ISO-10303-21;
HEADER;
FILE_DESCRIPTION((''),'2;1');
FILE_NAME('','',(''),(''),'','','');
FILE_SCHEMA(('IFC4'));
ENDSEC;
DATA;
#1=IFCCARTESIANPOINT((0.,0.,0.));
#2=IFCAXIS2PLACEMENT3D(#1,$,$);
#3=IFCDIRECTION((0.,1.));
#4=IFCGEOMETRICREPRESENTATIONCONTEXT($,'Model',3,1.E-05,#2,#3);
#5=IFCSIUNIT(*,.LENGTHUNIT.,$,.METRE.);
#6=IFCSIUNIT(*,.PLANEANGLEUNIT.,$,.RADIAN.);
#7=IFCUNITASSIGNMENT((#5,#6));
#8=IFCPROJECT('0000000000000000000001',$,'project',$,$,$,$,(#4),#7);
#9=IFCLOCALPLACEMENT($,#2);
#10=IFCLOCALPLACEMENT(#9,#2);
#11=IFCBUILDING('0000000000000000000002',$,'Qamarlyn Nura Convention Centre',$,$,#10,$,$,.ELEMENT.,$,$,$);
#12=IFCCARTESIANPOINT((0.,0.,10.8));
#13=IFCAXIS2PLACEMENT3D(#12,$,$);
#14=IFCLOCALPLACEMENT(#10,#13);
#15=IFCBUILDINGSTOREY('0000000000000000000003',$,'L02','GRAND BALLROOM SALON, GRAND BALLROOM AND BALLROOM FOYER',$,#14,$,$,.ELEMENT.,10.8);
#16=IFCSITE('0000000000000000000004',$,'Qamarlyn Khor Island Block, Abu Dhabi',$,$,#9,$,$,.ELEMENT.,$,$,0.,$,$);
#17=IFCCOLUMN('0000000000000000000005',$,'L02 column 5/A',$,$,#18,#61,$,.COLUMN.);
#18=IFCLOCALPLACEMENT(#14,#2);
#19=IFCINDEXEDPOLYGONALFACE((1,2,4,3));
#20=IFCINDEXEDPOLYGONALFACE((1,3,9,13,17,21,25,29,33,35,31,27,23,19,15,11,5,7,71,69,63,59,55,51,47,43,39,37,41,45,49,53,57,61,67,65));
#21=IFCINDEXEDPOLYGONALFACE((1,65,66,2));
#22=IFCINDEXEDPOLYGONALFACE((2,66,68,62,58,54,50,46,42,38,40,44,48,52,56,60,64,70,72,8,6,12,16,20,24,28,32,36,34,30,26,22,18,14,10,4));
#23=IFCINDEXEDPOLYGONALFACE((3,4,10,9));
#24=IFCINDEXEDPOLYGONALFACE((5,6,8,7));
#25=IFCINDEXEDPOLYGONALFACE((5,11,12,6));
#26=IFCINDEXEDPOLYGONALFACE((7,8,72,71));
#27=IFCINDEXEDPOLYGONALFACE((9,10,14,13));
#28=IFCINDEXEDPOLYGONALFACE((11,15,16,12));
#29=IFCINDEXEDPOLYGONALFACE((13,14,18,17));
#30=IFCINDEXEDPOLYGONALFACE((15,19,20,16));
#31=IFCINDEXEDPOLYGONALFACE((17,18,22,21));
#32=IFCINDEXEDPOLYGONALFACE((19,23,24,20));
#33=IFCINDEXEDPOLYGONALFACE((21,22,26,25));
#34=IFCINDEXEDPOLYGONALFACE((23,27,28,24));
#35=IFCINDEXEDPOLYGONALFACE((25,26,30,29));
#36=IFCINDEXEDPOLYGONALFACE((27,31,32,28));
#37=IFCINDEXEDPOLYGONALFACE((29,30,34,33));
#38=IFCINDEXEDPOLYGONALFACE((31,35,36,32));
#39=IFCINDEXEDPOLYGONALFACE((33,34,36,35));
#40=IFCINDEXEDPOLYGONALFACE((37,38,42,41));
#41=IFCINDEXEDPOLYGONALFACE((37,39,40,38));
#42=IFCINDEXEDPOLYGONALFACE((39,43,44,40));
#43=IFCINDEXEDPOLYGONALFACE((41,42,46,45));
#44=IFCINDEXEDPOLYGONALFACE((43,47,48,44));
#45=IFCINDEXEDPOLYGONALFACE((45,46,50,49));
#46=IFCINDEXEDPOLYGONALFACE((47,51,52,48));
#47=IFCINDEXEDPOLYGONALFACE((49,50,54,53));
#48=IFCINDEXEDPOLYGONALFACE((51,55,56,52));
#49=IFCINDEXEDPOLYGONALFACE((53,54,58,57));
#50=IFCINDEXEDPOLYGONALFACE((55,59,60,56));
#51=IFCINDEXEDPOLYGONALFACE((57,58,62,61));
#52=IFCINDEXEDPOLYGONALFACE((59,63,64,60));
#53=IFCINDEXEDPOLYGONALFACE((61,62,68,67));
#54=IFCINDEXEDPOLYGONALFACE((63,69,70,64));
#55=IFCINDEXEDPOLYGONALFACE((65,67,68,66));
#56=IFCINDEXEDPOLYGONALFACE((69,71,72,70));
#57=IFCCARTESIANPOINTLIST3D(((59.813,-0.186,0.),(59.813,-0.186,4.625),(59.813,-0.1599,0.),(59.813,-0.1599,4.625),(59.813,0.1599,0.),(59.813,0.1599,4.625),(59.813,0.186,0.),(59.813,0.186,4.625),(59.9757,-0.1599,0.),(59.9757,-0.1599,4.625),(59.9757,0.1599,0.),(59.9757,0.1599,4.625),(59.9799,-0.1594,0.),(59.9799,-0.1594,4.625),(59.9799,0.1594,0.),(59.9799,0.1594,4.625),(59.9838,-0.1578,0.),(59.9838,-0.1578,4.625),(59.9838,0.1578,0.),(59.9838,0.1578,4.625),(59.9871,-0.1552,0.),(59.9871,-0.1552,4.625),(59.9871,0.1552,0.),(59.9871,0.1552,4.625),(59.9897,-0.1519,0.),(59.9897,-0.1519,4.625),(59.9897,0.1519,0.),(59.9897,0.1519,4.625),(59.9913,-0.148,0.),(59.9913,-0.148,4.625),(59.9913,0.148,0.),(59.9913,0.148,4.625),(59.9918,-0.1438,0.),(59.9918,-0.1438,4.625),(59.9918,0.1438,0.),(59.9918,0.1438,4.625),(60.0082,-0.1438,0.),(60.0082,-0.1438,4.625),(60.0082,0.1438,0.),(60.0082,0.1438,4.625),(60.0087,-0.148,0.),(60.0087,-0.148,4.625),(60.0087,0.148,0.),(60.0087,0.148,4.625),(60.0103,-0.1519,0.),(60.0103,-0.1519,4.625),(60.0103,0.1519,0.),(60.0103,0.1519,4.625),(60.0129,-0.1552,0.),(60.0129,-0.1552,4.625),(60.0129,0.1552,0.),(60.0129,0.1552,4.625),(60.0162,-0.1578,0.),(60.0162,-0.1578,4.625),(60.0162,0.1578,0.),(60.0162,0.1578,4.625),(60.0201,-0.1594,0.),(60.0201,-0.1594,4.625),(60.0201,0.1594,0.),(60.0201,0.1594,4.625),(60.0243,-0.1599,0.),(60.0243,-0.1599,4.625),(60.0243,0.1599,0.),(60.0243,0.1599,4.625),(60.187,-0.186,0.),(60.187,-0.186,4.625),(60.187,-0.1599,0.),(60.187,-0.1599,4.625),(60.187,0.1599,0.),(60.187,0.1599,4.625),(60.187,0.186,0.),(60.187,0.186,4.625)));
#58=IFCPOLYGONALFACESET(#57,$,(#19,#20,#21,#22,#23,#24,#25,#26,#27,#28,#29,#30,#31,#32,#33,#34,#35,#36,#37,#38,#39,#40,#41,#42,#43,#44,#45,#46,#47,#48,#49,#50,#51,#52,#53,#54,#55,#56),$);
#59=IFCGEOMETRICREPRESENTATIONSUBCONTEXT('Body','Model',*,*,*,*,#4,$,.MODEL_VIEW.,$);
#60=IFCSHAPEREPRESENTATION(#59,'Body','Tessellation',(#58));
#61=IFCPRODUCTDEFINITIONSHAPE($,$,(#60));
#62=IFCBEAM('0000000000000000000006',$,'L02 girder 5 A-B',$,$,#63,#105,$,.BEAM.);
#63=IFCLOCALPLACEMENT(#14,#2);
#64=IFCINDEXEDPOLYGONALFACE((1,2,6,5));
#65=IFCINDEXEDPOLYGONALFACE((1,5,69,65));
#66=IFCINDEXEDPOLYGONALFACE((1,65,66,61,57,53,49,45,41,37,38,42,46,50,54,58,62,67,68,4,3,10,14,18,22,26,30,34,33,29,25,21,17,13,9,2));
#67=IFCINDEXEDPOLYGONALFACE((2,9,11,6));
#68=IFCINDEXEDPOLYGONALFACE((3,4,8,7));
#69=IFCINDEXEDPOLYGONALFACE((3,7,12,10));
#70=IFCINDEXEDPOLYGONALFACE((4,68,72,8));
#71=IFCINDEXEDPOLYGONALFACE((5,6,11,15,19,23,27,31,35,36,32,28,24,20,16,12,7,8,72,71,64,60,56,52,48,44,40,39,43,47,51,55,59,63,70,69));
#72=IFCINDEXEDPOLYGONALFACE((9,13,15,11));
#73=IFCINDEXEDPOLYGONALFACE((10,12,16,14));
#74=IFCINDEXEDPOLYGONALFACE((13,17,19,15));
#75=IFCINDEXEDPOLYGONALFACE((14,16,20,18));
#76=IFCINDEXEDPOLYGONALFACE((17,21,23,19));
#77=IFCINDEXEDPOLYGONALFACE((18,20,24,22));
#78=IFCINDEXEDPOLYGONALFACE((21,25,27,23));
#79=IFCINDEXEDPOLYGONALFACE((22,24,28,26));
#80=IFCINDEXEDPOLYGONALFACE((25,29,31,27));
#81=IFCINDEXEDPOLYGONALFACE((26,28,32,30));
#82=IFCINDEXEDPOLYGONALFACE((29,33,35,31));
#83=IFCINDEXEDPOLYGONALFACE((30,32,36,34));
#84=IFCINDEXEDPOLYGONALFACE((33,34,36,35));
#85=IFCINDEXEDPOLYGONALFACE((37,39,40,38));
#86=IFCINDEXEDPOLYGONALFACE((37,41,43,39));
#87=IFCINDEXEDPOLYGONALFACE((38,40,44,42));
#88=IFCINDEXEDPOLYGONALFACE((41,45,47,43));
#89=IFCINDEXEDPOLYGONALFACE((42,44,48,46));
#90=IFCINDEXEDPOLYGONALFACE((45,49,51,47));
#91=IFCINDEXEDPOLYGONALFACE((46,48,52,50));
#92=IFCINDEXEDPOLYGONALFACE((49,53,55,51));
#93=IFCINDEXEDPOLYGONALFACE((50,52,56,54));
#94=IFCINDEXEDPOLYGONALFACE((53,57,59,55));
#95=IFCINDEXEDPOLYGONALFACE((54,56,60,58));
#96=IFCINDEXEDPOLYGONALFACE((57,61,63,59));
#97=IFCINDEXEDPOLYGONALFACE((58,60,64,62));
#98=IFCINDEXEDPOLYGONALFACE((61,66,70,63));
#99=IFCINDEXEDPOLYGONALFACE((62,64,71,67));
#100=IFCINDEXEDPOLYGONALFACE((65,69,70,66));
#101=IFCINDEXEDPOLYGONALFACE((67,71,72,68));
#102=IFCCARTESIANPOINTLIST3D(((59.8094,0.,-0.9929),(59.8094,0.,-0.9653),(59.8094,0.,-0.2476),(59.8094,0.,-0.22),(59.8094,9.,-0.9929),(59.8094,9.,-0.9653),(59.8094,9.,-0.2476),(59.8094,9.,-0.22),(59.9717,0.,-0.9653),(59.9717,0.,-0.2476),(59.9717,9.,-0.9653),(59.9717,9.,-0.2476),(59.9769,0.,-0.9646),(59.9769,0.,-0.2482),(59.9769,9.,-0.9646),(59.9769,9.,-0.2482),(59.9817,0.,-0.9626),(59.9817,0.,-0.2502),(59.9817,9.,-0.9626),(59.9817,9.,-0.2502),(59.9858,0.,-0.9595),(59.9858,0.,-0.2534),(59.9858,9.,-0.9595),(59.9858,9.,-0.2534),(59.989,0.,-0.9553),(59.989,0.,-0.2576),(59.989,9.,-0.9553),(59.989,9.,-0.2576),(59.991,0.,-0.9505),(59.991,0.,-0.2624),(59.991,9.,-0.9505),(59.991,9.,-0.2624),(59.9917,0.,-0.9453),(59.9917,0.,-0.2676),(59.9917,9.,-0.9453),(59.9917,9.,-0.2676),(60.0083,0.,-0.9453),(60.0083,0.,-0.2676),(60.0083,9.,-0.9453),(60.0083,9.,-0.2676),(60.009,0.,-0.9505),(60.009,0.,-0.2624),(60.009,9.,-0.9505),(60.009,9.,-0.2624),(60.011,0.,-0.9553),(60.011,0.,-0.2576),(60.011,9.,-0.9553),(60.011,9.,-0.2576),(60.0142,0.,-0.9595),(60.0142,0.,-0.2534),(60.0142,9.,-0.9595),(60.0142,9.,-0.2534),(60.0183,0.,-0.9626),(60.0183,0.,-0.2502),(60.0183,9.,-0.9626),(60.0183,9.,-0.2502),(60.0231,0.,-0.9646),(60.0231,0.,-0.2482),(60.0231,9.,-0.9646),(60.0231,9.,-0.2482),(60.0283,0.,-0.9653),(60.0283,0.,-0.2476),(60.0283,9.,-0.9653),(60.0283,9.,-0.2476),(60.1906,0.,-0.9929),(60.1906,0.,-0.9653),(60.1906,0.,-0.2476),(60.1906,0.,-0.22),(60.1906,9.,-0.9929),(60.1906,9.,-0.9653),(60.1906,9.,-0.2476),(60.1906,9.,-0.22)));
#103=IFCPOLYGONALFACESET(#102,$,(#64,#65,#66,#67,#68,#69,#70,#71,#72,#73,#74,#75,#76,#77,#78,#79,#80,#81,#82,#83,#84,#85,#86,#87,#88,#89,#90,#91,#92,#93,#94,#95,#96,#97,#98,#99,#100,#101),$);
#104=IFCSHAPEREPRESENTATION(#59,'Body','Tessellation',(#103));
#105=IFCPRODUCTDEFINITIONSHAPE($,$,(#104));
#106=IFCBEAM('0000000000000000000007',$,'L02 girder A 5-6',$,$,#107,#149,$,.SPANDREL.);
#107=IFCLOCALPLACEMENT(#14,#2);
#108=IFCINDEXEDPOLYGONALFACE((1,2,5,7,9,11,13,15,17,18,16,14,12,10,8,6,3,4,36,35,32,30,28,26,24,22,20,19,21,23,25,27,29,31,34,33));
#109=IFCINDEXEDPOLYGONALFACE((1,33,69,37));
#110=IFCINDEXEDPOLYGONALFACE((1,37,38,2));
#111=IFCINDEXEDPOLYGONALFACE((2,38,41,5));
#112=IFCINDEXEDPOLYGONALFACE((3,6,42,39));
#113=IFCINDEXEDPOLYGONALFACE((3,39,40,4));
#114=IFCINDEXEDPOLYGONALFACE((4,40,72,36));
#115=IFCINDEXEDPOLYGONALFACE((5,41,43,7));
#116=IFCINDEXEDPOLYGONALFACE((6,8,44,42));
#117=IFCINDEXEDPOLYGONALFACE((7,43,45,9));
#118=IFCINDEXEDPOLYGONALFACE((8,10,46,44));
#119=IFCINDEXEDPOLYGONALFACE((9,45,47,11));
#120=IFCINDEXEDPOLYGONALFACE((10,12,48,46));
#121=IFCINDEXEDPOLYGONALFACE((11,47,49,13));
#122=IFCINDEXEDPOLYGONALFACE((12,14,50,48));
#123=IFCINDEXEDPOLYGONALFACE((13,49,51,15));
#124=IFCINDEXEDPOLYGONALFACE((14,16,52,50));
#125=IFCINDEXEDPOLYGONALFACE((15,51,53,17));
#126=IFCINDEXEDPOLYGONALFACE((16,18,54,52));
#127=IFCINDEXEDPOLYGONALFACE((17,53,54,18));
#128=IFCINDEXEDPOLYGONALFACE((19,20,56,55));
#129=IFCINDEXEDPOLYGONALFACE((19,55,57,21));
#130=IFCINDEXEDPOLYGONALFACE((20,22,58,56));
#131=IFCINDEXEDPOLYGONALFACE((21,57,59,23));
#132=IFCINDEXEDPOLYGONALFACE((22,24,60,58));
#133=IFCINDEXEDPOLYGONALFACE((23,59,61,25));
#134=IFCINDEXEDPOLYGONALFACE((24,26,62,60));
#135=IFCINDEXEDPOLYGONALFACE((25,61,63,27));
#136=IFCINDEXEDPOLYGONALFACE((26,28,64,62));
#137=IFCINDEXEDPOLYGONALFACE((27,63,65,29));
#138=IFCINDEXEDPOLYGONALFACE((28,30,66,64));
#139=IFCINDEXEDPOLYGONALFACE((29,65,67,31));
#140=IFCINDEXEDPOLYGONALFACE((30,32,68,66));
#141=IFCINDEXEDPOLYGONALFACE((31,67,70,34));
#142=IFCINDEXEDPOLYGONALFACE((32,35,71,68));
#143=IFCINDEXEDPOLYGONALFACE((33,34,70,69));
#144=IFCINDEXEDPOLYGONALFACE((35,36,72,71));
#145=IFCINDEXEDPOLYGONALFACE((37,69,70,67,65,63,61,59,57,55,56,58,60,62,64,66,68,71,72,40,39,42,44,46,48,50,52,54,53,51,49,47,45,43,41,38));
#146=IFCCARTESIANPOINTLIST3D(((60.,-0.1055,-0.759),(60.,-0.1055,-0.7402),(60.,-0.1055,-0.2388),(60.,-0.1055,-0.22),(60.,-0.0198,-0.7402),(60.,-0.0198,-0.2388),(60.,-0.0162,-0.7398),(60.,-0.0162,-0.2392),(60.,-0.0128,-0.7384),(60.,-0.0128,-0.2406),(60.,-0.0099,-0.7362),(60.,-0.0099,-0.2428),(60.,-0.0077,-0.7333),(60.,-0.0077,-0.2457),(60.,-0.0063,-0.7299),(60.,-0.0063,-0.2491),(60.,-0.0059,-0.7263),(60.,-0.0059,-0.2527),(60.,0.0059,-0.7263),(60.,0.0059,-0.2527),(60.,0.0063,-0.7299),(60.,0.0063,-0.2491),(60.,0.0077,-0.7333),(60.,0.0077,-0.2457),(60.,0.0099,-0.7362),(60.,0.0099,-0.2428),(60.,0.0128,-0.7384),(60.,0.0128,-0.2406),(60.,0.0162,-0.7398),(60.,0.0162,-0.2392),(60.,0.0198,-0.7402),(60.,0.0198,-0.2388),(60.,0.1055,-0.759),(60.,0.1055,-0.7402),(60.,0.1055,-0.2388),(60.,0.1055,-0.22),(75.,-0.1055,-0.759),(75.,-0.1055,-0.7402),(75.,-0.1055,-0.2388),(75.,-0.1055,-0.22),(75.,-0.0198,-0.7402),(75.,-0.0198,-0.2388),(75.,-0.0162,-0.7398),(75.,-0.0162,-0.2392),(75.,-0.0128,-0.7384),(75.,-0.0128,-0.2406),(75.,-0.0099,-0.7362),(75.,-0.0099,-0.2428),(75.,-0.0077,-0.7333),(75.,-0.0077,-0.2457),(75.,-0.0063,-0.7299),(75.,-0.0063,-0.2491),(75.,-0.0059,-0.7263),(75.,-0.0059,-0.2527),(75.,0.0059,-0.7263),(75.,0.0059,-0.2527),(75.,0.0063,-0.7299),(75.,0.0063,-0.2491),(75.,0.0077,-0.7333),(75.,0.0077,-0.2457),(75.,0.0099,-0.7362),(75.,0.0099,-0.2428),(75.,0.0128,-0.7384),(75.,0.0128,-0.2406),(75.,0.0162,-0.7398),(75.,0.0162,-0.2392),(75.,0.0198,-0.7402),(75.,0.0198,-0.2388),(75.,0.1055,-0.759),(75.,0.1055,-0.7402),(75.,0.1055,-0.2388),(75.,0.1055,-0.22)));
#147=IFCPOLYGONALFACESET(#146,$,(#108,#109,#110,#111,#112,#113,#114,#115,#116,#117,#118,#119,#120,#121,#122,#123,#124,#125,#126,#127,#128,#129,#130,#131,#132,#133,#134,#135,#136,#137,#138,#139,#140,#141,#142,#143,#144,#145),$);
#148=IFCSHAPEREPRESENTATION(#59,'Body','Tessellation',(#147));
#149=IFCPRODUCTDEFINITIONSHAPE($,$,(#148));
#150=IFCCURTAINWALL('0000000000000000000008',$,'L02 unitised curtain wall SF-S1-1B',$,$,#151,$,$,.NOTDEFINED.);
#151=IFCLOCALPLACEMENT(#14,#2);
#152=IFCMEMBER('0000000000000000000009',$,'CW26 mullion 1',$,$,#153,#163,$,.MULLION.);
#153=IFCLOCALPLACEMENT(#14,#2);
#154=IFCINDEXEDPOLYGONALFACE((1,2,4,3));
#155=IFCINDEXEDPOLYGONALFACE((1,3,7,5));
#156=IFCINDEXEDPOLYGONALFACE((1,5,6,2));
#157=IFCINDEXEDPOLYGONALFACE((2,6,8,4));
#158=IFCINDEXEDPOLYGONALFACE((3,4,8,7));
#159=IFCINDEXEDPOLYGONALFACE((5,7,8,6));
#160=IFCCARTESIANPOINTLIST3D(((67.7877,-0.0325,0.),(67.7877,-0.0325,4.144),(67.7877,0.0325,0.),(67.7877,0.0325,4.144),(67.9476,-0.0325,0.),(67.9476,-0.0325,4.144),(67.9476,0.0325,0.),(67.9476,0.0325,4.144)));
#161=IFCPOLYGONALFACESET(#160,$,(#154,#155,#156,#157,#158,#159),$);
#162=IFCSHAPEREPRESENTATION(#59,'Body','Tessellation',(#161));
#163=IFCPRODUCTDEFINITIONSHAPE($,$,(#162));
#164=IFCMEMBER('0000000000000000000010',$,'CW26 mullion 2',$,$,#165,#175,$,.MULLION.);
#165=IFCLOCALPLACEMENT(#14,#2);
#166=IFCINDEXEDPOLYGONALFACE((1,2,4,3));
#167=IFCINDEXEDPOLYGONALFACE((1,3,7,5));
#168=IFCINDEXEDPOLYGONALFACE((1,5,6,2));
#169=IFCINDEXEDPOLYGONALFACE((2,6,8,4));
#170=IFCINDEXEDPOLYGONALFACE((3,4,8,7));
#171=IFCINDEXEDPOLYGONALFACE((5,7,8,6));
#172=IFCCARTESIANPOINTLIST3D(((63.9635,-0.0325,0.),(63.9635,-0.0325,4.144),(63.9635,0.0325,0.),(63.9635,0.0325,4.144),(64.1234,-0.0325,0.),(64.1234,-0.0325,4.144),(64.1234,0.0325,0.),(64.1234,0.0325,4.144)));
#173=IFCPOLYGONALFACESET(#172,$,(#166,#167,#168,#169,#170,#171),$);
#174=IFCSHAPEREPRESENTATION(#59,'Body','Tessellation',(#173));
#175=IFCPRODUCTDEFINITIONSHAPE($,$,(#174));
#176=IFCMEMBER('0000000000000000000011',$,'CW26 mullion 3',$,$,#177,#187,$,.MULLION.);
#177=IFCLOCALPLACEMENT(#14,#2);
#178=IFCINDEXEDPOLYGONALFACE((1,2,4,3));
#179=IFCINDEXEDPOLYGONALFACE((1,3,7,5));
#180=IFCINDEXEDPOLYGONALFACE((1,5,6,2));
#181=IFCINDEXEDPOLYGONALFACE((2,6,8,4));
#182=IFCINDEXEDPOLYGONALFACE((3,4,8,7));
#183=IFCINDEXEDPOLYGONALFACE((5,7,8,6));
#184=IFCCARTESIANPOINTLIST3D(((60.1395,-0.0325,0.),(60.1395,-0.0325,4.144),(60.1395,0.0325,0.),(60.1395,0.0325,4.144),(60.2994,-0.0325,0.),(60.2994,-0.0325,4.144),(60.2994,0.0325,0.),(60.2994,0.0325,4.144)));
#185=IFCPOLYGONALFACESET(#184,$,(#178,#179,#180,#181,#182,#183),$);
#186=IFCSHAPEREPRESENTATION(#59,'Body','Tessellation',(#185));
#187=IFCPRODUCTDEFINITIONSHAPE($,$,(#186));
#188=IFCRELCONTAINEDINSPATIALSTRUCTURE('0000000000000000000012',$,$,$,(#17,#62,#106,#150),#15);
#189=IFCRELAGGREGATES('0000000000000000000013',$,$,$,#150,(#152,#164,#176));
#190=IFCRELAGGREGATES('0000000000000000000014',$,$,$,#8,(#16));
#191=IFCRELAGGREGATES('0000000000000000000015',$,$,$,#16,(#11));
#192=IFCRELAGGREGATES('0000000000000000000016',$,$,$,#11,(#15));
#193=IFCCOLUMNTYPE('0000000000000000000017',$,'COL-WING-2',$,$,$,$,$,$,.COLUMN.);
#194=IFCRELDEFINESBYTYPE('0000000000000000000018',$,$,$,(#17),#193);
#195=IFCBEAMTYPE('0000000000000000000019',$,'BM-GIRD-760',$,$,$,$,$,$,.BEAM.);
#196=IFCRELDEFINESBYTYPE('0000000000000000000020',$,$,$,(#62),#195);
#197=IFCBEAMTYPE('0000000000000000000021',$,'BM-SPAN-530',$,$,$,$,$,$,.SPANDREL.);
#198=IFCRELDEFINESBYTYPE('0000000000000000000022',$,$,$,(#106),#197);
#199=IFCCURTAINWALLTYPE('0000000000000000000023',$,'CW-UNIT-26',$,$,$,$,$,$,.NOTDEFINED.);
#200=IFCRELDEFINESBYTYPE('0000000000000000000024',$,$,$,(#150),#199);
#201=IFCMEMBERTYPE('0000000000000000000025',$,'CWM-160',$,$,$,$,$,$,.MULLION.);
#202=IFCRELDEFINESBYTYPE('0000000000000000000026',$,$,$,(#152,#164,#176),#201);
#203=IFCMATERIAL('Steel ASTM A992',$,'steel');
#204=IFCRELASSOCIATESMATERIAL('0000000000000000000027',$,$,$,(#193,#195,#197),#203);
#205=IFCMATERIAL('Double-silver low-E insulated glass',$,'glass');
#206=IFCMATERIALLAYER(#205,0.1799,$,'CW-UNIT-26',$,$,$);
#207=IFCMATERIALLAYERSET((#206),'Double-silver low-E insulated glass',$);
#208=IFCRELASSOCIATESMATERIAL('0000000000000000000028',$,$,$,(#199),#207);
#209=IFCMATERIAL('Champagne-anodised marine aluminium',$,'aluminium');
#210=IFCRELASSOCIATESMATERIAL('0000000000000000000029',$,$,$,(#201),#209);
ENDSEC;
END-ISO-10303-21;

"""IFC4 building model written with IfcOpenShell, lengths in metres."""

from ifc_helpers import new_model, si_unit, direction, frame, origin, origin_2d, place, context, subcontext, project, spatial, rectangle, i_section, extrude, material, layer, layer_set, material_profile, profile_set, type_object, element, aggregate, save


model = new_model("IFC4")

# Units and contexts
model_context = context("Model", 3, precision=1e-05, world=origin(), true_north=direction((0.0, 1.0)))
body_context = subcontext(model_context, "Body", "Model", "MODEL_VIEW")
ifc_project = project(units=[si_unit("LENGTHUNIT", "METRE"), si_unit("PLANEANGLEUNIT", "RADIAN")], contexts=[model_context])

# Site, building, storey
site_placement = place(None, origin())
site = spatial("IfcSite", under=ifc_project, at=site_placement, Name="Qamarlyn Khor Island Block, Abu Dhabi", CompositionType="ELEMENT", RefElevation=0.0)
building_placement = place(site_placement, origin())
building = spatial("IfcBuilding", under=site, at=building_placement, Name="Qamarlyn Nura Convention Centre", CompositionType="ELEMENT")
storey_placement = place(building_placement, frame((0.0, 0.0, 10.8)))
storey = spatial("IfcBuildingStorey", under=building, at=storey_placement, Name="L02", Description="GRAND BALLROOM SALON, GRAND BALLROOM AND BALLROOM FOYER", CompositionType="ELEMENT", Elevation=10.8)

# Column
ifc_material_1 = material(Name="Steel ASTM A992", Category="steel")
ifc_material_profile_1 = material_profile(ifc_material_1, i_section(OverallWidth=0.374, OverallDepth=0.3721, WebThickness=0.0164, FlangeThickness=0.0261, FilletRadius=0.0161, at=origin_2d()), Name="W360X196")
ifc_profile_set_1 = profile_set([ifc_material_profile_1], Name="Steel ASTM A992")
column_type = type_object("IfcColumnType", Name="COL-WING-2", PredefinedType="COLUMN", material=ifc_profile_set_1)
column_placement = place(storey_placement, frame((60.0, 0.0, 0.0), z_axis=(0.0, 0.0, 1.0), x_axis=(1.0, 0.0, 0.0)))
element("IfcColumn", 1, at=column_placement, inside=storey, type_object=column_type, Name="L02 column 5/A", PredefinedType="COLUMN", context=body_context, shape_type="SweptSolid", body=[
    extrude(i_section(OverallWidth=0.374, OverallDepth=0.3721, WebThickness=0.0164, FlangeThickness=0.0261, FilletRadius=0.0161, at=origin_2d()), origin(), (0.0, 0.0, 1.0), 4.625),
])

# Beams
ifc_material_profile_2 = material_profile(ifc_material_1, i_section(OverallWidth=0.3811, OverallDepth=0.7729, WebThickness=0.0166, FlangeThickness=0.0276, FilletRadius=0.02, at=origin_2d()), Name="W760X257")
ifc_profile_set_2 = profile_set([ifc_material_profile_2], Name="Steel ASTM A992")
beam_type_1 = type_object("IfcBeamType", Name="BM-GIRD-760", PredefinedType="BEAM", material=ifc_profile_set_2)
beam_1_placement = place(storey_placement, frame((60.0, 0.0, -0.6064), z_axis=(0.0, 1.0, 0.0), x_axis=(-1.0, 0.0, 0.0)))
element("IfcBeam", 2, at=beam_1_placement, inside=storey, type_object=beam_type_1, Name="L02 girder 5 A-B", PredefinedType="BEAM", context=body_context, shape_type="SweptSolid", body=[
    extrude(i_section(OverallWidth=0.3811, OverallDepth=0.7729, WebThickness=0.0166, FlangeThickness=0.0276, FilletRadius=0.02, at=origin_2d()), origin(), (0.0, 0.0, 1.0), 9.0),
])
ifc_material_profile_3 = material_profile(ifc_material_1, i_section(OverallWidth=0.2109, OverallDepth=0.5391, WebThickness=0.0117, FlangeThickness=0.0188, FilletRadius=0.0139, at=origin_2d()), Name="W530X109")
ifc_profile_set_3 = profile_set([ifc_material_profile_3], Name="Steel ASTM A992")
beam_type_2 = type_object("IfcBeamType", Name="BM-SPAN-530", PredefinedType="SPANDREL", material=ifc_profile_set_3)
beam_2_placement = place(storey_placement, frame((60.0, 0.0, -0.4895), z_axis=(1.0, 0.0, 0.0), x_axis=(0.0, 1.0, 0.0)))
element("IfcBeam", 3, at=beam_2_placement, inside=storey, type_object=beam_type_2, Name="L02 girder A 5-6", PredefinedType="SPANDREL", context=body_context, shape_type="SweptSolid", body=[
    extrude(i_section(OverallWidth=0.2109, OverallDepth=0.5391, WebThickness=0.0117, FlangeThickness=0.0188, FilletRadius=0.0139, at=origin_2d()), origin(), (0.0, 0.0, 1.0), 15.0),
])

# Curtain wall, members
ifc_material_2 = material(Name="Double-silver low-E insulated glass", Category="glass")
ifc_layer_1 = layer(ifc_material_2, 0.1799, Name="CW-UNIT-26")
ifc_layer_set_1 = layer_set([ifc_layer_1], Name="Double-silver low-E insulated glass")
curtain_wall_type_1 = type_object("IfcCurtainWallType", Name="CW-UNIT-26", PredefinedType="NOTDEFINED", material=ifc_layer_set_1)
curtain_wall_1_placement = place(storey_placement, origin())
curtain_wall_1 = element("IfcCurtainWall", 4, at=curtain_wall_1_placement, inside=storey, type_object=curtain_wall_type_1, Name="L02 unitised curtain wall SF-S1-1B", PredefinedType="NOTDEFINED")
ifc_material_3 = material(Name="Champagne-anodised marine aluminium", Category="aluminium")
ifc_material_profile_4 = material_profile(ifc_material_3, rectangle(XDim=0.0649, YDim=0.1599, at=origin_2d()), Name="ALU MULLION 65x160")
ifc_profile_set_4 = profile_set([ifc_material_profile_4], Name="Champagne-anodised marine aluminium")
member_type_1 = type_object("IfcMemberType", Name="CWM-160", PredefinedType="MULLION", material=ifc_profile_set_4)
member_1_placement = place(storey_placement, frame((67.8677, 0.0, 0.0), z_axis=(0.0, 0.0, 1.0), x_axis=(0.0, -1.0, 0.0)))
member_1 = element("IfcMember", 5, at=member_1_placement, type_object=member_type_1, Name="CW26 mullion 1", PredefinedType="MULLION", context=body_context, shape_type="SweptSolid", body=[
    extrude(rectangle(XDim=0.0649, YDim=0.1599, at=origin_2d()), origin(), (0.0, 0.0, 1.0), 4.144),
])
member_2_placement = place(storey_placement, frame((64.0435, 0.0, 0.0), z_axis=(0.0, 0.0, 1.0), x_axis=(0.0, -1.0, 0.0)))
member_2 = element("IfcMember", 6, at=member_2_placement, type_object=member_type_1, Name="CW26 mullion 2", PredefinedType="MULLION", context=body_context, shape_type="SweptSolid", body=[
    extrude(rectangle(XDim=0.0649, YDim=0.1599, at=origin_2d()), origin(), (0.0, 0.0, 1.0), 4.144),
])
member_3_placement = place(storey_placement, frame((60.2195, 0.0, 0.0), z_axis=(0.0, 0.0, 1.0), x_axis=(0.0, -1.0, 0.0)))
member_3 = element("IfcMember", 7, at=member_3_placement, type_object=member_type_1, Name="CW26 mullion 3", PredefinedType="MULLION", context=body_context, shape_type="SweptSolid", body=[
    extrude(rectangle(XDim=0.0649, YDim=0.1599, at=origin_2d()), origin(), (0.0, 0.0, 1.0), 4.144),
])

aggregate(curtain_wall_1, [member_1, member_2, member_3])

save(model, "model.ifc")
